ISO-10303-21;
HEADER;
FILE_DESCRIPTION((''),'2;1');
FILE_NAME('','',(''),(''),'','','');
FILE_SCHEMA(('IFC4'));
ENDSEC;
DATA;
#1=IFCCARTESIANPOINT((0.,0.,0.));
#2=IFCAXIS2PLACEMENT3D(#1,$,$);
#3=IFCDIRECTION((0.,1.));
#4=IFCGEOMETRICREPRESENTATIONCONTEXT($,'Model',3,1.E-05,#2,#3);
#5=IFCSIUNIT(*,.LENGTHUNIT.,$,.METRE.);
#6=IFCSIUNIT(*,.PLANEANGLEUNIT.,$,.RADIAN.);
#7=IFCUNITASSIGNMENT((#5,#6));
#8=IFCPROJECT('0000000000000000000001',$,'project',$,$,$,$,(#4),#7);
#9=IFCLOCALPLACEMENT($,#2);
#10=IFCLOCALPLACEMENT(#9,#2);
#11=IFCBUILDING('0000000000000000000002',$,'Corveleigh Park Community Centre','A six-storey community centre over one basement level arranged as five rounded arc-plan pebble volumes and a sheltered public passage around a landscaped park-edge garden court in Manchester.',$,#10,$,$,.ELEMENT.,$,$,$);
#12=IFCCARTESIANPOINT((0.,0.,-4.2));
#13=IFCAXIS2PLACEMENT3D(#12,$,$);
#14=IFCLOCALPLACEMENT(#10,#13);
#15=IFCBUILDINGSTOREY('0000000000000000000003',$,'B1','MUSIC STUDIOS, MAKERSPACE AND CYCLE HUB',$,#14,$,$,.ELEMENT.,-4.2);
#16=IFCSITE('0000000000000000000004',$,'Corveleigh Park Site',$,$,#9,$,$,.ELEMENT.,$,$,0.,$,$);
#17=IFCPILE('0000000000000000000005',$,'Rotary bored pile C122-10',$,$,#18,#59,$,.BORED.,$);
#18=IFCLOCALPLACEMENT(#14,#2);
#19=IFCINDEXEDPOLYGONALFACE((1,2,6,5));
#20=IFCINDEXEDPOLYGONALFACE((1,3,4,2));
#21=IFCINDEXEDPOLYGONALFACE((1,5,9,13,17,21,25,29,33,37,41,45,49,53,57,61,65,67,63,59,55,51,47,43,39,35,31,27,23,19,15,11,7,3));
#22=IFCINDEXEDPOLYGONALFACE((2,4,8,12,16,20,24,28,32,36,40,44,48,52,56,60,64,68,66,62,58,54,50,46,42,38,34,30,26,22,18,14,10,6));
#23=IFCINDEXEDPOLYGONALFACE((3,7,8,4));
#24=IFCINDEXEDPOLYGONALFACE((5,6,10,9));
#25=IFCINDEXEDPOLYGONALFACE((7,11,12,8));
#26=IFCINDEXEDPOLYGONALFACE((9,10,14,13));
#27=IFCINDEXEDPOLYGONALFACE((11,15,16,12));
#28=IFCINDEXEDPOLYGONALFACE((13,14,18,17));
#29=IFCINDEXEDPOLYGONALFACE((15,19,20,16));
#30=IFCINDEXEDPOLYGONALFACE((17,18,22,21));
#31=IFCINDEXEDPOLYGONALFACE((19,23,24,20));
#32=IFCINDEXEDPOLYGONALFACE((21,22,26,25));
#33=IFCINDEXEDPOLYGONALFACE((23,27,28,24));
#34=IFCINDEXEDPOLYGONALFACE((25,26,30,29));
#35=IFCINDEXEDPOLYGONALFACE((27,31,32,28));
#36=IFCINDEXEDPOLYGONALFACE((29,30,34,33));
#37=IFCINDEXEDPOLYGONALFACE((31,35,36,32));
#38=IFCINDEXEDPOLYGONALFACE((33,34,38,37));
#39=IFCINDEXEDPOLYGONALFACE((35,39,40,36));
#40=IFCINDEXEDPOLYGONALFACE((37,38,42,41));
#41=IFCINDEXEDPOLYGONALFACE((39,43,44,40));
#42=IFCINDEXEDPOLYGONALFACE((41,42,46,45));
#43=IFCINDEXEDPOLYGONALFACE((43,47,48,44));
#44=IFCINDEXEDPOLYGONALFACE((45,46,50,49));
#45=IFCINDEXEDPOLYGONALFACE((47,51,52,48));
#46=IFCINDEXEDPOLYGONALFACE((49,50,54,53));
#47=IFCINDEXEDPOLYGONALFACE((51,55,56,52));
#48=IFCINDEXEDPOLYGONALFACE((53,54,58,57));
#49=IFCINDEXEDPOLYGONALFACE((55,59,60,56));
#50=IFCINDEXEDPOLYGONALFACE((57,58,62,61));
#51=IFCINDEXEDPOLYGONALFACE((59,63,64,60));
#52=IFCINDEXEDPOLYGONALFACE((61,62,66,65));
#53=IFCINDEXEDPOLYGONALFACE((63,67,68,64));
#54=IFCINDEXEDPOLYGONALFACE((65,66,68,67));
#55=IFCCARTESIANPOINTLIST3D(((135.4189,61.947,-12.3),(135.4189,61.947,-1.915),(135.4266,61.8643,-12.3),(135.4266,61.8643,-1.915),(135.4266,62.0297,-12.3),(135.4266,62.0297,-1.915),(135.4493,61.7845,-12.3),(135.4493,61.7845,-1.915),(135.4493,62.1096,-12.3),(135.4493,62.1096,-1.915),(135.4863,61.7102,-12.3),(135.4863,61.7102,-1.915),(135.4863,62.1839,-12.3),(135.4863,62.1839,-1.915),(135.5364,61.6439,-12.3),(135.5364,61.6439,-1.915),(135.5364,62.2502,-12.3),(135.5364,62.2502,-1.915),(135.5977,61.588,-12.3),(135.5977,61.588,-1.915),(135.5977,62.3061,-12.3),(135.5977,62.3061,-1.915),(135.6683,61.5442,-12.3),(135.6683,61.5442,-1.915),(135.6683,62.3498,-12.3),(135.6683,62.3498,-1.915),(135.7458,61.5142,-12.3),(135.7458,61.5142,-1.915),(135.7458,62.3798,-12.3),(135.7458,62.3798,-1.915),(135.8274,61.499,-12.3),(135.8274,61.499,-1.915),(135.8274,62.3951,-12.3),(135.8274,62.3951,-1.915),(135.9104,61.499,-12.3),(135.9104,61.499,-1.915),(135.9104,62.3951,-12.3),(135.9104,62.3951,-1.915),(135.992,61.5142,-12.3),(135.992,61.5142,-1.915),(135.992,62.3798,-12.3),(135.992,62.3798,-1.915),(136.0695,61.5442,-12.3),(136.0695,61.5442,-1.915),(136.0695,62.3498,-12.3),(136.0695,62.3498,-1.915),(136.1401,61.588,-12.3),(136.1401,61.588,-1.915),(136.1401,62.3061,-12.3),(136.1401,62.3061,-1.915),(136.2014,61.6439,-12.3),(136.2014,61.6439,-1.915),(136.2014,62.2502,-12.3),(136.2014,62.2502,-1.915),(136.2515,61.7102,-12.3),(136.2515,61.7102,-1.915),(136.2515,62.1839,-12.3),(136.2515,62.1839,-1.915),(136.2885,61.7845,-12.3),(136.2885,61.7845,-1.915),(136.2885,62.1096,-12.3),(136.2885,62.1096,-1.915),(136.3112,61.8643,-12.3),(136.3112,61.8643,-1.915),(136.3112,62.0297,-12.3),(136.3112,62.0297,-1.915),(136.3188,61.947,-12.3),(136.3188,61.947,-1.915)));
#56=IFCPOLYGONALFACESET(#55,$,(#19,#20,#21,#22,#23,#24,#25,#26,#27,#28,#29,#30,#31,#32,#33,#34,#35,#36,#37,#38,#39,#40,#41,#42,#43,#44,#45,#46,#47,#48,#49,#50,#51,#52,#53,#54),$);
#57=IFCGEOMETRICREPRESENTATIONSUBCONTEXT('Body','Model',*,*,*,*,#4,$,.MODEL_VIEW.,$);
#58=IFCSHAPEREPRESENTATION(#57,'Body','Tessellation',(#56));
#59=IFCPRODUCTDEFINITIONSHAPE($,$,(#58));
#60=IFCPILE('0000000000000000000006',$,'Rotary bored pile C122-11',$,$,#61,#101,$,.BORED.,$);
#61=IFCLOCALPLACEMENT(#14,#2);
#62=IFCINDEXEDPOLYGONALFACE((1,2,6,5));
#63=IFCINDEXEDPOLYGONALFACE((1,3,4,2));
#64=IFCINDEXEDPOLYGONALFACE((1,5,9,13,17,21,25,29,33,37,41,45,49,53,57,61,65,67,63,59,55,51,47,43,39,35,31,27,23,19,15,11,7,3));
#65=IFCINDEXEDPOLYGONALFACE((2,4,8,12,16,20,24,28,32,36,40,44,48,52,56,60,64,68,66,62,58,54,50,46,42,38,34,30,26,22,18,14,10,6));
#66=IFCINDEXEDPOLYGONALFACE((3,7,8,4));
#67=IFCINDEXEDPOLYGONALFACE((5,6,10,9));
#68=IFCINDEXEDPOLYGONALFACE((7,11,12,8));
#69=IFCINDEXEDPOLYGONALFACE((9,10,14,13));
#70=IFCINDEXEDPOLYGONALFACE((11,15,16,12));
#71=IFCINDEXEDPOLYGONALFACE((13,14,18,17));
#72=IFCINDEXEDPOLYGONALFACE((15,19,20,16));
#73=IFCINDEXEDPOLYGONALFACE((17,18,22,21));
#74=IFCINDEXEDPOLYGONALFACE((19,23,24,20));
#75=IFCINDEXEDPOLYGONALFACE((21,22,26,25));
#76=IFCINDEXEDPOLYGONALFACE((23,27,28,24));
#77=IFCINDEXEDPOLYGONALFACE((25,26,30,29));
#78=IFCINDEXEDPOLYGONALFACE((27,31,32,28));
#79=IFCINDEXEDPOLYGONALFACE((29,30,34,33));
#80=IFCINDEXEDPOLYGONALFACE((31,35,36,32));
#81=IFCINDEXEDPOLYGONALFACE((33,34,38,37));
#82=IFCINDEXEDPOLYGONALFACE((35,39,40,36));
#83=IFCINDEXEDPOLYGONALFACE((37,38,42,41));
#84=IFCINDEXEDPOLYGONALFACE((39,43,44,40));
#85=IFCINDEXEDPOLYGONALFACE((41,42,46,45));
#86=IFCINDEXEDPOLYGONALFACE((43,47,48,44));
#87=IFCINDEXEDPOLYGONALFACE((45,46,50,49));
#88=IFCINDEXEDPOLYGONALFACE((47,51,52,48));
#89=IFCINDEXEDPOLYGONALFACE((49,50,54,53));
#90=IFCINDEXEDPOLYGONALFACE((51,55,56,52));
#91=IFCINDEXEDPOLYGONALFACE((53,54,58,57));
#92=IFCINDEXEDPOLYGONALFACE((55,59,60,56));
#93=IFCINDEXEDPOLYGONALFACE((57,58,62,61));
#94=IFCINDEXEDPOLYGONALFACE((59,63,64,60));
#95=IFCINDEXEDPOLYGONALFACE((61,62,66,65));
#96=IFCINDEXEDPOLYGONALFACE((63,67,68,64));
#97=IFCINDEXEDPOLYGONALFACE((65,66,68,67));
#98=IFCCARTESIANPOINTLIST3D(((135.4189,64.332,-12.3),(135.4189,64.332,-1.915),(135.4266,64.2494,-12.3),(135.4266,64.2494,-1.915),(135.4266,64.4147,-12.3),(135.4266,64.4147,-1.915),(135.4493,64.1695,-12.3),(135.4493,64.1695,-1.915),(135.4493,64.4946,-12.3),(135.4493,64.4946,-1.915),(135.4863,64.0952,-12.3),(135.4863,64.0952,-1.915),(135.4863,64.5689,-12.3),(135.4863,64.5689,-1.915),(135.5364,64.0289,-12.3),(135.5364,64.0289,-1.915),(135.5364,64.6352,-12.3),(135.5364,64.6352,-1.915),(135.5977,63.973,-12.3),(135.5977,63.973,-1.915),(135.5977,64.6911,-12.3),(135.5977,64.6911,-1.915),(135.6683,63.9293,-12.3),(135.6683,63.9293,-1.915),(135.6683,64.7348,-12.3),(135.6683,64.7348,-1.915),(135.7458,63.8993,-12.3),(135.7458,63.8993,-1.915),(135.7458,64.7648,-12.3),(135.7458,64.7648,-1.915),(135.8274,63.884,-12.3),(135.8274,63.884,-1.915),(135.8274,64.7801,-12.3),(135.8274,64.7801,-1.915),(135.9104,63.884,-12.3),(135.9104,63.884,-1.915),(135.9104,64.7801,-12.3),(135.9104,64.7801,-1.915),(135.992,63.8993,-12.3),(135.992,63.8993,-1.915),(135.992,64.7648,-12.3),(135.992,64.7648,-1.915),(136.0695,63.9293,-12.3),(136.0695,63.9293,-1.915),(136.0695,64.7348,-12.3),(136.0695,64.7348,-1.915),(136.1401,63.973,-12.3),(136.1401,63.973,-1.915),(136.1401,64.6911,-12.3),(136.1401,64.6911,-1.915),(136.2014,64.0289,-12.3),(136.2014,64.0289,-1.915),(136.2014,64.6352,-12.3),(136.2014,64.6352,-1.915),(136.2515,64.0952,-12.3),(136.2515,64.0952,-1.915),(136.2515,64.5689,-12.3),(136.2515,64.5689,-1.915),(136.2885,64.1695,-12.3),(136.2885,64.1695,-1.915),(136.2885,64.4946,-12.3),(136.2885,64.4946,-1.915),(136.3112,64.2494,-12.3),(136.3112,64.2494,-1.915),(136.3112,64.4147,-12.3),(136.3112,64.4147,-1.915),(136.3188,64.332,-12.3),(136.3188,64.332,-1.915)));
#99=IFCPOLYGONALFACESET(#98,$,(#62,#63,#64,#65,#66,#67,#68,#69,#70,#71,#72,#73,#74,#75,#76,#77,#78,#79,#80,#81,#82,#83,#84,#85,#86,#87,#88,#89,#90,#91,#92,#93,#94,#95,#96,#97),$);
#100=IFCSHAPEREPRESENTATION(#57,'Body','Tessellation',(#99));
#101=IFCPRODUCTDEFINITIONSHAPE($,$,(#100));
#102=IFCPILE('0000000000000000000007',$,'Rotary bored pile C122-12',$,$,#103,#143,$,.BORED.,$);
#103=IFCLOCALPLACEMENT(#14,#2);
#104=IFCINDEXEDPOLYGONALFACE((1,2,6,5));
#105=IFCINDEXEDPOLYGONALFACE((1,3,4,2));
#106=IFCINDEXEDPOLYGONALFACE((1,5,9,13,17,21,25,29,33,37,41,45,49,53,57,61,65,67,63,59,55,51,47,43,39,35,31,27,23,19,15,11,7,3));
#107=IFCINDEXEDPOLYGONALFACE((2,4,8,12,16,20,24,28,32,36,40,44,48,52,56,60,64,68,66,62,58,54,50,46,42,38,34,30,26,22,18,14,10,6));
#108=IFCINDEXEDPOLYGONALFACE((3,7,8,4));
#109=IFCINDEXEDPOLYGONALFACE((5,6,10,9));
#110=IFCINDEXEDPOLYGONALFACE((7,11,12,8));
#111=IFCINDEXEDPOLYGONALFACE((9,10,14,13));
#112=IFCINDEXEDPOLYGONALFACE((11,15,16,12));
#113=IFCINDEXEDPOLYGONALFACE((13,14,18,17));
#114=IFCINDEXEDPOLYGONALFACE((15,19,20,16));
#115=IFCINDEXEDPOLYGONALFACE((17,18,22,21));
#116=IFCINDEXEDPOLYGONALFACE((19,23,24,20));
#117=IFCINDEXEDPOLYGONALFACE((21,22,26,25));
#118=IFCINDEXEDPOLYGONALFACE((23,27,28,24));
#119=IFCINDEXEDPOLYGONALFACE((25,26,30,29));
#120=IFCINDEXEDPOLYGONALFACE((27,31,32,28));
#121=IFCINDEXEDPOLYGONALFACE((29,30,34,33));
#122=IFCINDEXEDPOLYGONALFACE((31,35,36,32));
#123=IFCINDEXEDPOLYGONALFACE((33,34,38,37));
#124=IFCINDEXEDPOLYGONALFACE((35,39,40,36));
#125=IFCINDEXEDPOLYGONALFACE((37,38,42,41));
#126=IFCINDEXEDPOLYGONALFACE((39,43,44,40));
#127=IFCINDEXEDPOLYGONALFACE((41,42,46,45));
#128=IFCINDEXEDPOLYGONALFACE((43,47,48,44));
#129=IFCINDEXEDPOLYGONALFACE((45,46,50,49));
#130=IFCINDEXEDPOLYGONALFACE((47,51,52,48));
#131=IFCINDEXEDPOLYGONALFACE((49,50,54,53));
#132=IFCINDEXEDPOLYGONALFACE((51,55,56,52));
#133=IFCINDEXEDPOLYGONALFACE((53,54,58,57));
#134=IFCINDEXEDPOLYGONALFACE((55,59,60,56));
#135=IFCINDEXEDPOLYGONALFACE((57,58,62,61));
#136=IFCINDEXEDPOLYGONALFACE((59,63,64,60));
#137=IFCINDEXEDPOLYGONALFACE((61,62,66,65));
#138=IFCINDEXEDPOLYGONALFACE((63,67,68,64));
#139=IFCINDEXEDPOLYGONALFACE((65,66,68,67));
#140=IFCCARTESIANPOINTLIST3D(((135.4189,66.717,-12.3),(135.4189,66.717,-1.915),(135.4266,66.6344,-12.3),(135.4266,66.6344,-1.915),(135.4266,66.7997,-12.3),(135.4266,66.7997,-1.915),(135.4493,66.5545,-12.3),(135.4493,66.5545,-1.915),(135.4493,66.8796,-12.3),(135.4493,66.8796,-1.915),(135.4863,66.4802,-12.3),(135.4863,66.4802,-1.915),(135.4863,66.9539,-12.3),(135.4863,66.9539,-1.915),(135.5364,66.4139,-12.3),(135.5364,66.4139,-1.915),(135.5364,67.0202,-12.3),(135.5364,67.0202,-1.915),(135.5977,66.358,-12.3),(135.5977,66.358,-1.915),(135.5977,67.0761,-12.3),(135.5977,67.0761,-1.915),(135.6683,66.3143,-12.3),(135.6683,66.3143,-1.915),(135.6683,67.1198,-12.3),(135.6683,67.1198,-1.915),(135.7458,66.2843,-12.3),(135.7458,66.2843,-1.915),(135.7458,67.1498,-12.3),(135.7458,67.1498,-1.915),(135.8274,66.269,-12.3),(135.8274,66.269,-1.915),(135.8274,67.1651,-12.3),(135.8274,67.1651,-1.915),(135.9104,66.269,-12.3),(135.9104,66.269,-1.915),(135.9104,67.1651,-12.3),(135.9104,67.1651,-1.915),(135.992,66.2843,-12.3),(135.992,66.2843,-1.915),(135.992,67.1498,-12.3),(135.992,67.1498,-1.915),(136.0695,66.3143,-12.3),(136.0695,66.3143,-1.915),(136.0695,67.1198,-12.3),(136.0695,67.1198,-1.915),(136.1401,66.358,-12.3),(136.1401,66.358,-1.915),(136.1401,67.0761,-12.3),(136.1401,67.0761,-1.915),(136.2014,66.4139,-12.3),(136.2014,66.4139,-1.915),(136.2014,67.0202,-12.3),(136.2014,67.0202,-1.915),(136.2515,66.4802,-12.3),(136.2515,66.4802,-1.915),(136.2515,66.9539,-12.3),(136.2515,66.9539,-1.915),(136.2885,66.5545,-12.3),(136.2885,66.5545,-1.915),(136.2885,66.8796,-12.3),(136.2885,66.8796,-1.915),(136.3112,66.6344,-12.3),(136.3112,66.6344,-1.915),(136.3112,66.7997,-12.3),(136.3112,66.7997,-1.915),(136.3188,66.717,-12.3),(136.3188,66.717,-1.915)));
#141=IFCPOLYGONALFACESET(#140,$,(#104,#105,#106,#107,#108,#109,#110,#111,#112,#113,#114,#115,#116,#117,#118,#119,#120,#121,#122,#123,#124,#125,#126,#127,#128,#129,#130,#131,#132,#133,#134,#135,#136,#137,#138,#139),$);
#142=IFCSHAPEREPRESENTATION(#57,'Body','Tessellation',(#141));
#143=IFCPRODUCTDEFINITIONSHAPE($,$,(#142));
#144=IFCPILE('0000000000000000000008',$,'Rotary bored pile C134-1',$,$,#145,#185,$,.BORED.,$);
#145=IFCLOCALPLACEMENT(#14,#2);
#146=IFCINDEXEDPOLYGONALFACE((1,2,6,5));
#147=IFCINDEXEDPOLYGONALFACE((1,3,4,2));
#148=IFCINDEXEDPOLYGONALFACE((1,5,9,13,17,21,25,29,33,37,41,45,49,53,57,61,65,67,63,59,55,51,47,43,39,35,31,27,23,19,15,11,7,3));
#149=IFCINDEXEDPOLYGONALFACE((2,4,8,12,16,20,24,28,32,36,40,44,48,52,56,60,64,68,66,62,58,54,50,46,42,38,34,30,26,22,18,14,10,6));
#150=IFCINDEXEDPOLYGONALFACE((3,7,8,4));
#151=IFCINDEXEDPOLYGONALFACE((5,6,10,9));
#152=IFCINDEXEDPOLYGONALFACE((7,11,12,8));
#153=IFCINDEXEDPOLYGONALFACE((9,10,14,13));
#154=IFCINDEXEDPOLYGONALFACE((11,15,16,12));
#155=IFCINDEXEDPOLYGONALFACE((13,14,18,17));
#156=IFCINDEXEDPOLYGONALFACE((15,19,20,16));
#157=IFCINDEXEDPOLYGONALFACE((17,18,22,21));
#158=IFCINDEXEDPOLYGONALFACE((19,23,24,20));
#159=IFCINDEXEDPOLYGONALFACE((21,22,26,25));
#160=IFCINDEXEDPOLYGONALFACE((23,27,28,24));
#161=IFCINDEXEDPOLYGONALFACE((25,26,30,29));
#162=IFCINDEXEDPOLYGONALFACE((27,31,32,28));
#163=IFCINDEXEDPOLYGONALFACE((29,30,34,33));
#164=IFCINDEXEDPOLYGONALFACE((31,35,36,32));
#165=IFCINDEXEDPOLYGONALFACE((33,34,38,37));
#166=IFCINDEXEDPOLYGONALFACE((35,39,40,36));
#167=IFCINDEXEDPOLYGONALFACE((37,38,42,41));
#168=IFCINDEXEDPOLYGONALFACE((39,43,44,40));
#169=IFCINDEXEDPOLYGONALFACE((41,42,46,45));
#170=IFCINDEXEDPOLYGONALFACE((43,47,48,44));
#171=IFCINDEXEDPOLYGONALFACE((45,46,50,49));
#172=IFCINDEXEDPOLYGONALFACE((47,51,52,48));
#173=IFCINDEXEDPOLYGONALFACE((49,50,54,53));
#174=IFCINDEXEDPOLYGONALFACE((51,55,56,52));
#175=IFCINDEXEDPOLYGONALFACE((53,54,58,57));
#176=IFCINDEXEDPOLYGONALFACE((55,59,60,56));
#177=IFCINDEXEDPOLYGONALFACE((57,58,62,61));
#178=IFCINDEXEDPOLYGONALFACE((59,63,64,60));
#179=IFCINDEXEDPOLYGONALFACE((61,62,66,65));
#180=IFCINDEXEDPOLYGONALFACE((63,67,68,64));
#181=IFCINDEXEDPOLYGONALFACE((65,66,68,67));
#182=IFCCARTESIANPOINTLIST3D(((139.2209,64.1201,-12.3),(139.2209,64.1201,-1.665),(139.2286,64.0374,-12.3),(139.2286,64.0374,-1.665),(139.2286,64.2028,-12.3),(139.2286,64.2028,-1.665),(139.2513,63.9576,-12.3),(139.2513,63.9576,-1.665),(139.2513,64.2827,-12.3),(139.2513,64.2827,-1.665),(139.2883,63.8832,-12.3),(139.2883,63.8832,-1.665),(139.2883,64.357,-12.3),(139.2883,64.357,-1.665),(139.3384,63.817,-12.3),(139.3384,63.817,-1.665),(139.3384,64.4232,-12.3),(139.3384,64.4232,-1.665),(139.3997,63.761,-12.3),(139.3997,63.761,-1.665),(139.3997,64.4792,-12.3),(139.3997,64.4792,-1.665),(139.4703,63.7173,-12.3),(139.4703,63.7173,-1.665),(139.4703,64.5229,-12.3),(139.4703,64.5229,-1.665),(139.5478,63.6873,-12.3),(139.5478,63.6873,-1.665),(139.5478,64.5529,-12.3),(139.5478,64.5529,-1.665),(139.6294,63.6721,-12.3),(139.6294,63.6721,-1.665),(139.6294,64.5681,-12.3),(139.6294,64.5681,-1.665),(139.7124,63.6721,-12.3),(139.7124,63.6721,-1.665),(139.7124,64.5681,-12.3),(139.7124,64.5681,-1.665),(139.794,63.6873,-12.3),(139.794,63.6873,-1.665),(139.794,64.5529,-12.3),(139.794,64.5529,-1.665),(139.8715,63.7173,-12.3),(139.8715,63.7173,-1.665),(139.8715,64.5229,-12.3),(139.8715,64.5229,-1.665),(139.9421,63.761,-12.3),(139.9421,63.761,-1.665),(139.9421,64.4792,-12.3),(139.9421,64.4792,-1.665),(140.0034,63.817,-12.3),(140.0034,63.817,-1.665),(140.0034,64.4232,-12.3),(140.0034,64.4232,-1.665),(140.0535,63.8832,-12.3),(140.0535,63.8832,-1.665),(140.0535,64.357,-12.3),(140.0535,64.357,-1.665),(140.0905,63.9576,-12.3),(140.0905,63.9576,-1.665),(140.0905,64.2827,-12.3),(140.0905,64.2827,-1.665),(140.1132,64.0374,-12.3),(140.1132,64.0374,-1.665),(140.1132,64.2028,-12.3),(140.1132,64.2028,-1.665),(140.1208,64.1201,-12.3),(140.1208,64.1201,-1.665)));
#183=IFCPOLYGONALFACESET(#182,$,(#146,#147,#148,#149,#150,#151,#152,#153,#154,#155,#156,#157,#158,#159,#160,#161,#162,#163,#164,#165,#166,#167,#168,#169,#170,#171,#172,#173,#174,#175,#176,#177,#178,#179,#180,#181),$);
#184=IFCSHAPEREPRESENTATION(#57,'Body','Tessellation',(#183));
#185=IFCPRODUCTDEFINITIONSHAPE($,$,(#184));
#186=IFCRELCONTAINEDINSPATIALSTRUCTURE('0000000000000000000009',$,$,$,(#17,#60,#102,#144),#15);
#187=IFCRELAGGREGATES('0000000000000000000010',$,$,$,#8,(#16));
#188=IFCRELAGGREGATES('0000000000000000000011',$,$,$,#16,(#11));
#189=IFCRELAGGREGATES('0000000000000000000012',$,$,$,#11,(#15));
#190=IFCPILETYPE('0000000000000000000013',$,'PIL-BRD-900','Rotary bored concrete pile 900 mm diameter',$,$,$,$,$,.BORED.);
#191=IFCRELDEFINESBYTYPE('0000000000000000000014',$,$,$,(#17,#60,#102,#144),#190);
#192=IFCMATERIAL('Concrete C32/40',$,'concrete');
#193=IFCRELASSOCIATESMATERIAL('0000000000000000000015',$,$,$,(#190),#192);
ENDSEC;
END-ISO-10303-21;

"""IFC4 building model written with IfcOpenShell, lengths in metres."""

from ifc_helpers import new_model, si_unit, direction, frame, origin, origin_2d, place, context, subcontext, project, spatial, circle, extrude, material, material_profile, profile_set, type_object, element, save


model = new_model("IFC4")

# Units and contexts
model_context = context("Model", 3, precision=1e-05, world=origin(), true_north=direction((0.0, 1.0)))
body_context = subcontext(model_context, "Body", "Model", "MODEL_VIEW")
ifc_project = project(units=[si_unit("LENGTHUNIT", "METRE"), si_unit("PLANEANGLEUNIT", "RADIAN")], contexts=[model_context])

# Site, building, storey
site_placement = place(None, origin())
site = spatial("IfcSite", under=ifc_project, at=site_placement, Name="Corveleigh Park Site", CompositionType="ELEMENT", RefElevation=0.0)
building_placement = place(site_placement, origin())
building = spatial("IfcBuilding", under=site, at=building_placement, Name="Corveleigh Park Community Centre", Description="A six-storey community centre over one basement level arranged as five rounded arc-plan pebble volumes and a sheltered public passage around a landscaped park-edge garden court in Manchester.", CompositionType="ELEMENT")
storey_placement = place(building_placement, frame((0.0, 0.0, -4.2)))
storey = spatial("IfcBuildingStorey", under=building, at=storey_placement, Name="B1", Description="MUSIC STUDIOS, MAKERSPACE AND CYCLE HUB", CompositionType="ELEMENT", Elevation=-4.2)

# Piles
ifc_material_1 = material(Name="Concrete C32/40", Category="concrete")
ifc_material_profile_1 = material_profile(ifc_material_1, circle(Radius=0.45, at=origin_2d()), Name="BORED-PILE-900", Category="concrete")
ifc_profile_set_1 = profile_set([ifc_material_profile_1], Name="Concrete C32/40")
pile_type = type_object("IfcPileType", Name="PIL-BRD-900", Description="Rotary bored concrete pile 900 mm diameter", PredefinedType="BORED", material=ifc_profile_set_1)
for number, where, z_axis, x_axis, name in (
    (1, (135.8689, 61.947, -1.915), (0.0, 0.0, -1.0), (1.0, 0.0, 0.0), "Rotary bored pile C122-10"),
    (2, (135.8689, 64.332, -1.915), (0.0, 0.0, -1.0), (1.0, 0.0, 0.0), "Rotary bored pile C122-11"),
    (3, (135.8689, 66.717, -1.915), (0.0, 0.0, -1.0), (1.0, 0.0, 0.0), "Rotary bored pile C122-12"),
):
    element("IfcPile", number, at=place(storey_placement, frame(where, z_axis=z_axis, x_axis=x_axis)), inside=storey, type_object=pile_type, Name=name, PredefinedType="BORED", context=body_context, shape_type="SweptSolid", body=[
        extrude(circle(Radius=0.45, at=origin_2d()), origin(), (0.0, 0.0, 1.0), 10.385),
    ])
for number, where, z_axis, x_axis, name in (
    (4, (139.6709, 64.1201, -1.665), (0.0, 0.0, -1.0), (1.0, 0.0, 0.0), "Rotary bored pile C134-1"),
):
    element("IfcPile", number, at=place(storey_placement, frame(where, z_axis=z_axis, x_axis=x_axis)), inside=storey, type_object=pile_type, Name=name, PredefinedType="BORED", context=body_context, shape_type="SweptSolid", body=[
        extrude(circle(Radius=0.45, at=origin_2d()), origin(), (0.0, 0.0, 1.0), 10.635),
    ])

save(model, "model.ifc")
